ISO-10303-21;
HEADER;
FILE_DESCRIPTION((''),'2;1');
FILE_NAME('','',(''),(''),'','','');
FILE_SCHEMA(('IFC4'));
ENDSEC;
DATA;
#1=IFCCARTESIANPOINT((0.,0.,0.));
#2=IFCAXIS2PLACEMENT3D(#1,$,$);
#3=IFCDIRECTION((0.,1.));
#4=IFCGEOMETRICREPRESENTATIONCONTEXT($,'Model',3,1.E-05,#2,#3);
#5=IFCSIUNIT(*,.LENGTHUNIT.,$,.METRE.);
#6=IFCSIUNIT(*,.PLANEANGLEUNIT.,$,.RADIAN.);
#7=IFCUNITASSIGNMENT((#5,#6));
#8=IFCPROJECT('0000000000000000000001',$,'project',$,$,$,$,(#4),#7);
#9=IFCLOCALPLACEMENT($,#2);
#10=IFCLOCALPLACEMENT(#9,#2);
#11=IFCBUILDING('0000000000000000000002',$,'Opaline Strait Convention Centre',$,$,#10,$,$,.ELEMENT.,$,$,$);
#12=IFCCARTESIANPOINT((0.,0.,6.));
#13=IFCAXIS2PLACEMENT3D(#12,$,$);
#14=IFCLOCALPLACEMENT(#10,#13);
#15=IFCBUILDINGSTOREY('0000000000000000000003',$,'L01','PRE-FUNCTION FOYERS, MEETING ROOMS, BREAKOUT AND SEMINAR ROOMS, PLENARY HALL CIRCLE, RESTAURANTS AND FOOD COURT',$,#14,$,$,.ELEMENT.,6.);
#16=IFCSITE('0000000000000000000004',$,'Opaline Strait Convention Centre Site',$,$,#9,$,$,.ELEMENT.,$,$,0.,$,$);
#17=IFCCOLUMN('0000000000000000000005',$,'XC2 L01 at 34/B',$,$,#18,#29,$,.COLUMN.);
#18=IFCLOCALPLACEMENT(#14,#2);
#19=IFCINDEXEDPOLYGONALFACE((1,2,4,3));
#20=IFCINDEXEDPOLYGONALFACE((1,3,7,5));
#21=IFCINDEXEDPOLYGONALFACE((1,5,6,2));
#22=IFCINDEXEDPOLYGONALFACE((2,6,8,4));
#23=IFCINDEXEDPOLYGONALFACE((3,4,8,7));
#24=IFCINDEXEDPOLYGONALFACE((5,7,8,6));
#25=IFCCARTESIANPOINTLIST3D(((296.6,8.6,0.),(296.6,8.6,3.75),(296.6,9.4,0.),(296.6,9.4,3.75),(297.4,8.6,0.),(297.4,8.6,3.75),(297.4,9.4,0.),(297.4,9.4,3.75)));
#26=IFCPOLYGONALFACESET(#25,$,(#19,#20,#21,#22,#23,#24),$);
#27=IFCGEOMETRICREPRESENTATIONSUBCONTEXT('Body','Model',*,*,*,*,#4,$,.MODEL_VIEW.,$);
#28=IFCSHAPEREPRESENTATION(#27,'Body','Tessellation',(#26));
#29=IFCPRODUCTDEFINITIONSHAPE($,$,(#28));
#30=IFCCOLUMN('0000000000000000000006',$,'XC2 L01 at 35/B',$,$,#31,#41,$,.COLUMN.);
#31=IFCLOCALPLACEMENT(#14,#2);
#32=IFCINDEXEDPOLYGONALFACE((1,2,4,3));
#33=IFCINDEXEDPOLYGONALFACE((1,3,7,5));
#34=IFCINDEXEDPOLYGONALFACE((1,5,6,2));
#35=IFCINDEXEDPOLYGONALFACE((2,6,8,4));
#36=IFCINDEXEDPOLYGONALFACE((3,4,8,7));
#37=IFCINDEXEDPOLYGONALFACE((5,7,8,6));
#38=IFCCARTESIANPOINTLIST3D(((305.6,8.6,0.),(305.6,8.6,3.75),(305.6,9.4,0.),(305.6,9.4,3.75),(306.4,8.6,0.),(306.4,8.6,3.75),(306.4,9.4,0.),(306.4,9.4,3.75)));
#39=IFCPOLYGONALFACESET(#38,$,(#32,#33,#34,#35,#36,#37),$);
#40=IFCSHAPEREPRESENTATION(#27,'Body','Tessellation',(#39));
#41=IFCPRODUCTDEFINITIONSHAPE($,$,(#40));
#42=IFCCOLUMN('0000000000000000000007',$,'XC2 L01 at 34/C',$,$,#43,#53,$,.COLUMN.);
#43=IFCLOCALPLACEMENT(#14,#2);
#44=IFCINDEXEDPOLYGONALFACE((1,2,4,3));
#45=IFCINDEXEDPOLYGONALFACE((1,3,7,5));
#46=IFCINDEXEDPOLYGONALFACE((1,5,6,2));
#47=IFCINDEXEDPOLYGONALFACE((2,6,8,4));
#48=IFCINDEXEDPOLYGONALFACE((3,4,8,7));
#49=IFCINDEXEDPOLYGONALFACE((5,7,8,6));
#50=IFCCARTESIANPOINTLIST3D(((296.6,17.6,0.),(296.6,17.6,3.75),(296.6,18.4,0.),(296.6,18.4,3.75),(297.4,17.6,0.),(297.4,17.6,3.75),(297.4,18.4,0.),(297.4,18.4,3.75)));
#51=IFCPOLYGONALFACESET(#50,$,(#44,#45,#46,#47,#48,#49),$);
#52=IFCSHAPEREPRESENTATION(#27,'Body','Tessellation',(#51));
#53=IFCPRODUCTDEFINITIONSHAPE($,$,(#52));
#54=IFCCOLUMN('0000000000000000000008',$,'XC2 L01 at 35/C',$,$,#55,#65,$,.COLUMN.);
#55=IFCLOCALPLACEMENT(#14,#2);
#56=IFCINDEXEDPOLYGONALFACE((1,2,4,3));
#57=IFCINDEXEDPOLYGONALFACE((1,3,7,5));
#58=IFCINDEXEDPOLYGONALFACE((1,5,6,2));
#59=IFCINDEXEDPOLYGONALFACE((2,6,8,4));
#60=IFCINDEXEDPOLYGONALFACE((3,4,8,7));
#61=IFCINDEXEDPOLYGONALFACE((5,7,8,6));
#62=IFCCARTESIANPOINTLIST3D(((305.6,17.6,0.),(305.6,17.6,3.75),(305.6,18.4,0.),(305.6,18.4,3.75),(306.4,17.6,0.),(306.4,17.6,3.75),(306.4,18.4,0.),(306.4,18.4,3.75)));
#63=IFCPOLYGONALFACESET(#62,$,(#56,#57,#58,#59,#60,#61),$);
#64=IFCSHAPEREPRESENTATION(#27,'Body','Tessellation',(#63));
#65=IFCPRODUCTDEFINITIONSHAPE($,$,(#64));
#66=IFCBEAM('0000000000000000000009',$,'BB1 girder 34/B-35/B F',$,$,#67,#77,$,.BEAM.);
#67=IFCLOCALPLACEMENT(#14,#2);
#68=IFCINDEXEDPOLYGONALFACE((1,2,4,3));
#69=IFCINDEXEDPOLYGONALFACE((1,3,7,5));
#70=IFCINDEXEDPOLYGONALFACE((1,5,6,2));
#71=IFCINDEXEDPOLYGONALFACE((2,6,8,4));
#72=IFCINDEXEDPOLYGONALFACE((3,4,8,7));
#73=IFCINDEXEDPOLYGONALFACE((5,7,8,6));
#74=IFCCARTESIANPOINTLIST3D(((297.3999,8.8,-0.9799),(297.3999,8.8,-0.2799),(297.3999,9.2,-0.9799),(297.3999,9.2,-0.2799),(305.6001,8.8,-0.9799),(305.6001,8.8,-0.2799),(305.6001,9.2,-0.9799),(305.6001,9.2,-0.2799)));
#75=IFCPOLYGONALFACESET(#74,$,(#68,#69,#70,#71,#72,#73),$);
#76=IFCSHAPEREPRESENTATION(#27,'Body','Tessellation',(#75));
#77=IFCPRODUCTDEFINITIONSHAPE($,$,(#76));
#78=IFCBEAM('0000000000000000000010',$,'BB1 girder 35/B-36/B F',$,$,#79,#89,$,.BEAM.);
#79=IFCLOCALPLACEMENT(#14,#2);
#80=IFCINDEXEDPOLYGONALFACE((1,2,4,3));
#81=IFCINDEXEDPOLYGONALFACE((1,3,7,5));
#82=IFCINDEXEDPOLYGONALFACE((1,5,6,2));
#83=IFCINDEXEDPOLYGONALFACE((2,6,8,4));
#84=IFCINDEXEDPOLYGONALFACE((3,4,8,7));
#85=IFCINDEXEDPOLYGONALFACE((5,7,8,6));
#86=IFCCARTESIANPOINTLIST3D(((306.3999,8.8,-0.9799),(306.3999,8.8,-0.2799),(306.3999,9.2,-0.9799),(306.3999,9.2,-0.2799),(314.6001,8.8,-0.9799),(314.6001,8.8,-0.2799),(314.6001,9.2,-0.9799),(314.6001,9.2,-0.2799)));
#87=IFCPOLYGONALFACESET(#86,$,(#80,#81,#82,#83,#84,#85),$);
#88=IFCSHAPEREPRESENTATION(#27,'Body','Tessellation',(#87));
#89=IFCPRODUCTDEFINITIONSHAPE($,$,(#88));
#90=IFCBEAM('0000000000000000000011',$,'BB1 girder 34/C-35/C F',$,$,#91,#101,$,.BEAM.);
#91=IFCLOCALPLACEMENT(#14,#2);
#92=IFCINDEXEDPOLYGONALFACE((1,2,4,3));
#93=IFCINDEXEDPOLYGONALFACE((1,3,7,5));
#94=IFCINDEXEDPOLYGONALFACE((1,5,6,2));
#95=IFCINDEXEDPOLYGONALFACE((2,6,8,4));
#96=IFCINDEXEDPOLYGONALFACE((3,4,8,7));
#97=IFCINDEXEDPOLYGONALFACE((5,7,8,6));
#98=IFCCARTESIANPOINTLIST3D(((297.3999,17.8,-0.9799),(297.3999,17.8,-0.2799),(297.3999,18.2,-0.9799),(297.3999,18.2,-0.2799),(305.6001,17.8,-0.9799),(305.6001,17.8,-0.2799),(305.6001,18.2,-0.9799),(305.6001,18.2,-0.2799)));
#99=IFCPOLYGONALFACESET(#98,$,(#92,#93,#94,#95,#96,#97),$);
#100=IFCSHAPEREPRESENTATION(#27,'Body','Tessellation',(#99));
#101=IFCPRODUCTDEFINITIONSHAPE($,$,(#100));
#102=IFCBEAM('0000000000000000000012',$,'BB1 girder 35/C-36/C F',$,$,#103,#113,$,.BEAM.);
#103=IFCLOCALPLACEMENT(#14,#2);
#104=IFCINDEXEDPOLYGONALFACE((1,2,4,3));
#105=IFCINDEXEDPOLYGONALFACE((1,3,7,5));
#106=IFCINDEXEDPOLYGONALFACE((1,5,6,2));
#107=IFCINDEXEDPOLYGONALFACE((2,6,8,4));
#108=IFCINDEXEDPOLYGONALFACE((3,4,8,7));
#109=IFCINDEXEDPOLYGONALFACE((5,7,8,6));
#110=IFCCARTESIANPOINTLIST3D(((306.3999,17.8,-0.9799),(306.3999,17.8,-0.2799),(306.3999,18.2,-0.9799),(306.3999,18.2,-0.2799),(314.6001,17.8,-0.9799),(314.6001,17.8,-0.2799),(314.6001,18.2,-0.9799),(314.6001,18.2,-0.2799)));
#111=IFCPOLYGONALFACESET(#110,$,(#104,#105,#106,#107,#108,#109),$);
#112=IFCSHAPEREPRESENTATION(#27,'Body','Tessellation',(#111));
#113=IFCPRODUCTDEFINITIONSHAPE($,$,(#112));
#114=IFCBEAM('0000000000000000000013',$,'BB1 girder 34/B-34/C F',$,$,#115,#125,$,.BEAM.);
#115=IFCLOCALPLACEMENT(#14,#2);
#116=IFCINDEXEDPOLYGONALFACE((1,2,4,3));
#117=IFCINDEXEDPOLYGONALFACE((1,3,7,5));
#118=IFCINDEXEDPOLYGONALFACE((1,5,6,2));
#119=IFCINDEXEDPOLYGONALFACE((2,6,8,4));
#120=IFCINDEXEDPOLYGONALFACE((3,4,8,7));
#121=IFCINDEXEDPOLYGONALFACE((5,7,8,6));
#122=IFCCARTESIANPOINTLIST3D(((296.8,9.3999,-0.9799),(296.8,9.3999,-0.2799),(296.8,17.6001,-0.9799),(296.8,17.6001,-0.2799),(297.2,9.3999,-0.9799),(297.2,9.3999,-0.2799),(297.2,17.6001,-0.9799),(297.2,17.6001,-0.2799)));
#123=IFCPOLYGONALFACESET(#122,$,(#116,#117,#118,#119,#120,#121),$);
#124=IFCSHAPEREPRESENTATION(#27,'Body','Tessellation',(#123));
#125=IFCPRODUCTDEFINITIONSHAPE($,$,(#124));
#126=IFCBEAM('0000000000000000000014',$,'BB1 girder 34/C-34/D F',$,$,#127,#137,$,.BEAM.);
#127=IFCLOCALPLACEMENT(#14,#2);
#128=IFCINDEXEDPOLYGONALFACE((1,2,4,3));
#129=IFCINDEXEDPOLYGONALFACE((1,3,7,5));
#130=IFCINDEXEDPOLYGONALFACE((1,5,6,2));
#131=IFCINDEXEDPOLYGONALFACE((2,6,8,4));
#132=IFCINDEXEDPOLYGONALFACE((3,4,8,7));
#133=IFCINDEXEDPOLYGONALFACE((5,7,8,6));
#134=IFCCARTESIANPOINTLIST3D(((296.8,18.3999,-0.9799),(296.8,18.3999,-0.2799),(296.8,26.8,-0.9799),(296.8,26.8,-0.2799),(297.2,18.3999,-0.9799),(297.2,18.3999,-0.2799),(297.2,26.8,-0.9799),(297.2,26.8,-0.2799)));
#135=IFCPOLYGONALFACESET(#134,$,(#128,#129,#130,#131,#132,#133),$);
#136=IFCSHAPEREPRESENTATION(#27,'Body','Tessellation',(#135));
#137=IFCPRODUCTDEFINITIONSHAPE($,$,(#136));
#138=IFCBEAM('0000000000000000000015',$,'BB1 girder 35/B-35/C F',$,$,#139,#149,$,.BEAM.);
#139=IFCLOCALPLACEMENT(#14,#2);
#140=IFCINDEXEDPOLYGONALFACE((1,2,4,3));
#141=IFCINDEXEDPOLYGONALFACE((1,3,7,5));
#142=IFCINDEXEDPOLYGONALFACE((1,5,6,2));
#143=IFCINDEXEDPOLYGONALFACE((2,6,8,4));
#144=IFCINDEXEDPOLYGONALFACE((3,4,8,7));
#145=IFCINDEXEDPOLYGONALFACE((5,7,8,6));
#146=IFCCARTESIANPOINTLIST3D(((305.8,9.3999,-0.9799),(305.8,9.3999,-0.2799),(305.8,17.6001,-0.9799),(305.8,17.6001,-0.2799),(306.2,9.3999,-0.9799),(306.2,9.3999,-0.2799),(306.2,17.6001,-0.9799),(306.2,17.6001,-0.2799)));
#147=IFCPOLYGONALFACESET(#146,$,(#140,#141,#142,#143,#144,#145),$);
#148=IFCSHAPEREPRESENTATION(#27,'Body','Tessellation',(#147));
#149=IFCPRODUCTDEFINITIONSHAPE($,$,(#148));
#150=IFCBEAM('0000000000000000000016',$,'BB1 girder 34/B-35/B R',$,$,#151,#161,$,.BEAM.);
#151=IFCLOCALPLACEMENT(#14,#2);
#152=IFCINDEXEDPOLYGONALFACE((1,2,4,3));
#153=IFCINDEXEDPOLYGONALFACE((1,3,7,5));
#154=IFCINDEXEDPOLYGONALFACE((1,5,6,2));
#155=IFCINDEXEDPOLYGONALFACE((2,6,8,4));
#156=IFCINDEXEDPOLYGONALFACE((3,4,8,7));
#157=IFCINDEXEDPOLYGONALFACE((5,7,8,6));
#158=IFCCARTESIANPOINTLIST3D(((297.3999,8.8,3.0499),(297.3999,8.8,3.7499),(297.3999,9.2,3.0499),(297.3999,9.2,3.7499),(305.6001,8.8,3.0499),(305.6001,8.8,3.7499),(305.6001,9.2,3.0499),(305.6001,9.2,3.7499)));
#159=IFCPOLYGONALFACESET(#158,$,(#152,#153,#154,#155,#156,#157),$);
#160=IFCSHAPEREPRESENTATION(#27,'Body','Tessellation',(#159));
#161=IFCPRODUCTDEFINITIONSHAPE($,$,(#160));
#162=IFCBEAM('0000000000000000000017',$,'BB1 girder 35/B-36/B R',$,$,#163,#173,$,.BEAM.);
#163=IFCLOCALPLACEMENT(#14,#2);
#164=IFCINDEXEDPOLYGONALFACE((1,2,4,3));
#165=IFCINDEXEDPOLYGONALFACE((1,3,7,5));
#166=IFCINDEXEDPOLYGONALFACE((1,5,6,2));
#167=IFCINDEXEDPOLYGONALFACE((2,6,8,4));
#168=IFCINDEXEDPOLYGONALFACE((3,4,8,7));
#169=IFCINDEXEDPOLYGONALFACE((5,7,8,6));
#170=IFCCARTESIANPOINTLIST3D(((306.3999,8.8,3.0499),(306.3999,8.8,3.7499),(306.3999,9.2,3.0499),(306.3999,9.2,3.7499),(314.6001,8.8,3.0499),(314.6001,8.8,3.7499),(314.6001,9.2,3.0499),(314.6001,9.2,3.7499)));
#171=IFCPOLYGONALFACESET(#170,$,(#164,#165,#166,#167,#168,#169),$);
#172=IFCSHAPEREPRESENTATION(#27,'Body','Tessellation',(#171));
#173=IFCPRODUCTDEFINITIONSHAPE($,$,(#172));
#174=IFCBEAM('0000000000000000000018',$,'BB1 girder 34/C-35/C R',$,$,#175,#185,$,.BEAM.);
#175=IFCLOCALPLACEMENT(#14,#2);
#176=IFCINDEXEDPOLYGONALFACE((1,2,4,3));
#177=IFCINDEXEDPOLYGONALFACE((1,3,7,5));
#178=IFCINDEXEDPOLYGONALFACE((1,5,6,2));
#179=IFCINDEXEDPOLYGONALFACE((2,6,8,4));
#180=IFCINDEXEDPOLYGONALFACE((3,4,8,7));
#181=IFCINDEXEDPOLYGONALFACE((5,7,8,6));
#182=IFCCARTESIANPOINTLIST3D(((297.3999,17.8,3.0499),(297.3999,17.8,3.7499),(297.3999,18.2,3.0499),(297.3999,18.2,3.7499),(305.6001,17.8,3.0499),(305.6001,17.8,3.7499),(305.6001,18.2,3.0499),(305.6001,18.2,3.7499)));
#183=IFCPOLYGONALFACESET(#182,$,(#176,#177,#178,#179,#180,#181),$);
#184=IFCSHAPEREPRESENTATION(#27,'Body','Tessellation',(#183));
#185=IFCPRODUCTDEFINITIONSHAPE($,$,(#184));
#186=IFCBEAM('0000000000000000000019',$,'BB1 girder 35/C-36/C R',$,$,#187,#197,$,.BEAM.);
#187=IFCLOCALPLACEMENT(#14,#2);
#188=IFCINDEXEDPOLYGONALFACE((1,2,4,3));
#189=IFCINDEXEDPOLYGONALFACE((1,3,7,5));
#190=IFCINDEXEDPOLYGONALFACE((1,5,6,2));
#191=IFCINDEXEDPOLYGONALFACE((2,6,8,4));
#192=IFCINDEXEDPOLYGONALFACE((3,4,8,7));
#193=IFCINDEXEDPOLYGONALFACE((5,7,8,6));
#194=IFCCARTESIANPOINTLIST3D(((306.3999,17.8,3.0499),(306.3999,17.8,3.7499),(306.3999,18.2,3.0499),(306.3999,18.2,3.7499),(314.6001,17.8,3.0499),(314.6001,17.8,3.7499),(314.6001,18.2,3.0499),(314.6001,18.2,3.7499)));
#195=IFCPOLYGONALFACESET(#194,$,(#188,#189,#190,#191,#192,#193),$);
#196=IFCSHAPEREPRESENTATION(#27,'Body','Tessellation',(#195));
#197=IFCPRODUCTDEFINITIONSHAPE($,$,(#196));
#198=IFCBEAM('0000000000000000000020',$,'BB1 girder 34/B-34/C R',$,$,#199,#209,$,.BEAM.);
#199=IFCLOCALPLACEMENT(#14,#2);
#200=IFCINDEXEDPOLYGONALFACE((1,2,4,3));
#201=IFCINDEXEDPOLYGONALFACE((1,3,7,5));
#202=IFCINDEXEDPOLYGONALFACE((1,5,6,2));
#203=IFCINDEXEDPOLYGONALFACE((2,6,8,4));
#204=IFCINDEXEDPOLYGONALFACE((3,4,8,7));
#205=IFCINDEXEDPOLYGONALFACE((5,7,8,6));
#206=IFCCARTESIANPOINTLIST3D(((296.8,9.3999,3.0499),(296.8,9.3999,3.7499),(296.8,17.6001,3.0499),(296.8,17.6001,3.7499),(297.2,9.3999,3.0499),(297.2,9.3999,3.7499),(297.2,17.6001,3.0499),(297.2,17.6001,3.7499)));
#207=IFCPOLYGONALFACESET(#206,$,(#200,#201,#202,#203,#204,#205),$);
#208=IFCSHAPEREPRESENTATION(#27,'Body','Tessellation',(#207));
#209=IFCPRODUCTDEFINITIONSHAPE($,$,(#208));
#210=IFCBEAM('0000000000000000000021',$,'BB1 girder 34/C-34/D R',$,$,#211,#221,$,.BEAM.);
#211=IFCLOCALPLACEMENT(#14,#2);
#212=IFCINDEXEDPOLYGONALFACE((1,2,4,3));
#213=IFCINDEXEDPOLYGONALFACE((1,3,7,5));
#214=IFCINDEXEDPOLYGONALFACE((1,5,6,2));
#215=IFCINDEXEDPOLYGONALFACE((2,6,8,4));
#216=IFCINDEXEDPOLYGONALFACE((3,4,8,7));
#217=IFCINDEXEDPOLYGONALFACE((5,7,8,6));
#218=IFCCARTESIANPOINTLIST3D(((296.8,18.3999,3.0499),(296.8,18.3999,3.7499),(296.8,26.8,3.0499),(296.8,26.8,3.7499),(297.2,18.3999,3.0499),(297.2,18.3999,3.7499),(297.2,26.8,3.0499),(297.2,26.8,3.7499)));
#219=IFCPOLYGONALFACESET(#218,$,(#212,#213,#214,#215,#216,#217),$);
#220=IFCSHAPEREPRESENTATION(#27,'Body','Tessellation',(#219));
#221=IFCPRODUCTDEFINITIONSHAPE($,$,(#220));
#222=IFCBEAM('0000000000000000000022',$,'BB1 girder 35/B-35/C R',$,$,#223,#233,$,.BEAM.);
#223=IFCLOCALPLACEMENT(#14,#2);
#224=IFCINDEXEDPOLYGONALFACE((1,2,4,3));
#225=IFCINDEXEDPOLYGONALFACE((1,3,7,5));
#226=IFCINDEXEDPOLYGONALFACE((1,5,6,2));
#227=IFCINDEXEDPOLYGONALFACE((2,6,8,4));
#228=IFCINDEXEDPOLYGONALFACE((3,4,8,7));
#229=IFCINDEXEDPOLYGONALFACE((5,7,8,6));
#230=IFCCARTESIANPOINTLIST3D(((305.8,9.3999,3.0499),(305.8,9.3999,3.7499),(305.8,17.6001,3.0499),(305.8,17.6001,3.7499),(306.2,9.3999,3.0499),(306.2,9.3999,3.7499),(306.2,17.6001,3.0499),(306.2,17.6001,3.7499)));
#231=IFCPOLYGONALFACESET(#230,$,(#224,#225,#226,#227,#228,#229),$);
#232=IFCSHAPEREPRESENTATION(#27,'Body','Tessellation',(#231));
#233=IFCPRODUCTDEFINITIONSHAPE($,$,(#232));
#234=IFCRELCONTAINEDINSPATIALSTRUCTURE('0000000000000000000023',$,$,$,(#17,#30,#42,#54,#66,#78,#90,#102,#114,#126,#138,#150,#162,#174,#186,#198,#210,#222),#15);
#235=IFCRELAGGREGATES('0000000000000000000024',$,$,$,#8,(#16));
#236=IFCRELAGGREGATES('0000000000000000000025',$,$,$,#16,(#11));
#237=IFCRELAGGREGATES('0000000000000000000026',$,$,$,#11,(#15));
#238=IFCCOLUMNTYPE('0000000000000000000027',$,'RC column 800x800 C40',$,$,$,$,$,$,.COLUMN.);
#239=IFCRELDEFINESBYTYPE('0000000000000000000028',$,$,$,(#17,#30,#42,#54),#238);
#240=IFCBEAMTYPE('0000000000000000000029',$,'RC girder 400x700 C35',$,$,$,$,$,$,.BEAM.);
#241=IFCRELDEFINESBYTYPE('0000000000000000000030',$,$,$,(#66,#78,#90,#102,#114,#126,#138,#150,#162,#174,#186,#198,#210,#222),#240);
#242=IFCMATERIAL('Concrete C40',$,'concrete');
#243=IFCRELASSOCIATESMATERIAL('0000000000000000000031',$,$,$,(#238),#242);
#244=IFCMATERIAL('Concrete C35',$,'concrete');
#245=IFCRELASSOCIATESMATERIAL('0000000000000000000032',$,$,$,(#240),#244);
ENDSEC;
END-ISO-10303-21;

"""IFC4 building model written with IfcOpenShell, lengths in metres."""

from ifc_helpers import new_model, si_unit, direction, frame, origin, origin_2d, place, context, subcontext, project, spatial, rectangle, extrude, material, material_profile, profile_set, type_object, element, save


model = new_model("IFC4")

# Units and contexts
model_context = context("Model", 3, precision=1e-05, world=origin(), true_north=direction((0.0, 1.0)))
body_context = subcontext(model_context, "Body", "Model", "MODEL_VIEW")
ifc_project = project(units=[si_unit("LENGTHUNIT", "METRE"), si_unit("PLANEANGLEUNIT", "RADIAN")], contexts=[model_context])

# Site, building, storey
site_placement = place(None, origin())
site = spatial("IfcSite", under=ifc_project, at=site_placement, Name="Opaline Strait Convention Centre Site", CompositionType="ELEMENT", RefElevation=0.0)
building_placement = place(site_placement, origin())
building = spatial("IfcBuilding", under=site, at=building_placement, Name="Opaline Strait Convention Centre", CompositionType="ELEMENT")
storey_placement = place(building_placement, frame((0.0, 0.0, 6.0)))
storey = spatial("IfcBuildingStorey", under=building, at=storey_placement, Name="L01", Description="PRE-FUNCTION FOYERS, MEETING ROOMS, BREAKOUT AND SEMINAR ROOMS, PLENARY HALL CIRCLE, RESTAURANTS AND FOOD COURT", CompositionType="ELEMENT", Elevation=6.0)

# Columns
ifc_material_1 = material(Name="Concrete C40", Category="concrete")
ifc_material_profile_1 = material_profile(ifc_material_1, rectangle(XDim=0.8, YDim=0.8, at=origin_2d()), Name="RC 800x800")
ifc_profile_set_1 = profile_set([ifc_material_profile_1], Name="Concrete C40")
column_type = type_object("IfcColumnType", Name="RC column 800x800 C40", PredefinedType="COLUMN", material=ifc_profile_set_1)
for number, where, z_axis, x_axis, name in (
    (1, (297.0, 9.0, 0.0), (0.0, 0.0, 1.0), (1.0, 0.0, 0.0), "XC2 L01 at 34/B"),
    (2, (306.0, 9.0, 0.0), (0.0, 0.0, 1.0), (1.0, 0.0, 0.0), "XC2 L01 at 35/B"),
    (3, (297.0, 18.0, 0.0), (0.0, 0.0, 1.0), (1.0, 0.0, 0.0), "XC2 L01 at 34/C"),
    (4, (306.0, 18.0, 0.0), (0.0, 0.0, 1.0), (1.0, 0.0, 0.0), "XC2 L01 at 35/C"),
):
    element("IfcColumn", number, at=place(storey_placement, frame(where, z_axis=z_axis, x_axis=x_axis)), inside=storey, type_object=column_type, Name=name, PredefinedType="COLUMN", context=body_context, shape_type="SweptSolid", body=[
        extrude(rectangle(XDim=0.8, YDim=0.8, at=origin_2d()), origin(), (0.0, 0.0, 1.0), 3.75),
    ])

# Beams
ifc_material_2 = material(Name="Concrete C35", Category="concrete")
ifc_material_profile_2 = material_profile(ifc_material_2, rectangle(XDim=0.3999, YDim=0.7, at=origin_2d()), Name="RC 400x700")
ifc_profile_set_2 = profile_set([ifc_material_profile_2], Name="Concrete C35")
beam_type = type_object("IfcBeamType", Name="RC girder 400x700 C35", PredefinedType="BEAM", material=ifc_profile_set_2)
for number, where, z_axis, x_axis, name in (
    (5, (297.3999, 9.0, -0.6299), (1.0, 0.0, 0.0), (0.0, 1.0, 0.0), "BB1 girder 34/B-35/B F"),
    (6, (306.3999, 9.0, -0.6299), (1.0, 0.0, 0.0), (0.0, 1.0, 0.0), "BB1 girder 35/B-36/B F"),
    (7, (297.3999, 18.0, -0.6299), (1.0, 0.0, 0.0), (0.0, 1.0, 0.0), "BB1 girder 34/C-35/C F"),
    (8, (306.3999, 18.0, -0.6299), (1.0, 0.0, 0.0), (0.0, 1.0, 0.0), "BB1 girder 35/C-36/C F"),
    (9, (297.0, 9.3999, -0.6299), (0.0, 1.0, 0.0), (-1.0, 0.0, 0.0), "BB1 girder 34/B-34/C F"),
):
    element("IfcBeam", number, at=place(storey_placement, frame(where, z_axis=z_axis, x_axis=x_axis)), inside=storey, type_object=beam_type, Name=name, PredefinedType="BEAM", context=body_context, shape_type="SweptSolid", body=[
        extrude(rectangle(XDim=0.3999, YDim=0.7, at=origin_2d()), origin(), (0.0, 0.0, 1.0), 8.2002),
    ])
beam_1_placement = place(storey_placement, frame((297.0, 18.3999, -0.6299), z_axis=(0.0, 1.0, 0.0), x_axis=(-1.0, 0.0, 0.0)))
element("IfcBeam", 10, at=beam_1_placement, inside=storey, type_object=beam_type, Name="BB1 girder 34/C-34/D F", PredefinedType="BEAM", context=body_context, shape_type="SweptSolid", body=[
    extrude(rectangle(XDim=0.3999, YDim=0.7, at=origin_2d()), origin(), (0.0, 0.0, 1.0), 8.4001),
])
for number, where, z_axis, x_axis, name in (
    (11, (306.0, 9.3999, -0.6299), (0.0, 1.0, 0.0), (-1.0, 0.0, 0.0), "BB1 girder 35/B-35/C F"),
    (12, (297.3999, 9.0, 3.3999), (1.0, 0.0, 0.0), (0.0, 1.0, 0.0), "BB1 girder 34/B-35/B R"),
    (13, (306.3999, 9.0, 3.3999), (1.0, 0.0, 0.0), (0.0, 1.0, 0.0), "BB1 girder 35/B-36/B R"),
    (14, (297.3999, 18.0, 3.3999), (1.0, 0.0, 0.0), (0.0, 1.0, 0.0), "BB1 girder 34/C-35/C R"),
    (15, (306.3999, 18.0, 3.3999), (1.0, 0.0, 0.0), (0.0, 1.0, 0.0), "BB1 girder 35/C-36/C R"),
    (16, (297.0, 9.3999, 3.3999), (0.0, 1.0, 0.0), (-1.0, 0.0, 0.0), "BB1 girder 34/B-34/C R"),
):
    element("IfcBeam", number, at=place(storey_placement, frame(where, z_axis=z_axis, x_axis=x_axis)), inside=storey, type_object=beam_type, Name=name, PredefinedType="BEAM", context=body_context, shape_type="SweptSolid", body=[
        extrude(rectangle(XDim=0.3999, YDim=0.7, at=origin_2d()), origin(), (0.0, 0.0, 1.0), 8.2002),
    ])
beam_2_placement = place(storey_placement, frame((297.0, 18.3999, 3.3999), z_axis=(0.0, 1.0, 0.0), x_axis=(-1.0, 0.0, 0.0)))
element("IfcBeam", 17, at=beam_2_placement, inside=storey, type_object=beam_type, Name="BB1 girder 34/C-34/D R", PredefinedType="BEAM", context=body_context, shape_type="SweptSolid", body=[
    extrude(rectangle(XDim=0.3999, YDim=0.7, at=origin_2d()), origin(), (0.0, 0.0, 1.0), 8.4001),
])
beam_3_placement = place(storey_placement, frame((306.0, 9.3999, 3.3999), z_axis=(0.0, 1.0, 0.0), x_axis=(-1.0, 0.0, 0.0)))
element("IfcBeam", 18, at=beam_3_placement, inside=storey, type_object=beam_type, Name="BB1 girder 35/B-35/C R", PredefinedType="BEAM", context=body_context, shape_type="SweptSolid", body=[
    extrude(rectangle(XDim=0.3999, YDim=0.7, at=origin_2d()), origin(), (0.0, 0.0, 1.0), 8.2002),
])

save(model, "model.ifc")
